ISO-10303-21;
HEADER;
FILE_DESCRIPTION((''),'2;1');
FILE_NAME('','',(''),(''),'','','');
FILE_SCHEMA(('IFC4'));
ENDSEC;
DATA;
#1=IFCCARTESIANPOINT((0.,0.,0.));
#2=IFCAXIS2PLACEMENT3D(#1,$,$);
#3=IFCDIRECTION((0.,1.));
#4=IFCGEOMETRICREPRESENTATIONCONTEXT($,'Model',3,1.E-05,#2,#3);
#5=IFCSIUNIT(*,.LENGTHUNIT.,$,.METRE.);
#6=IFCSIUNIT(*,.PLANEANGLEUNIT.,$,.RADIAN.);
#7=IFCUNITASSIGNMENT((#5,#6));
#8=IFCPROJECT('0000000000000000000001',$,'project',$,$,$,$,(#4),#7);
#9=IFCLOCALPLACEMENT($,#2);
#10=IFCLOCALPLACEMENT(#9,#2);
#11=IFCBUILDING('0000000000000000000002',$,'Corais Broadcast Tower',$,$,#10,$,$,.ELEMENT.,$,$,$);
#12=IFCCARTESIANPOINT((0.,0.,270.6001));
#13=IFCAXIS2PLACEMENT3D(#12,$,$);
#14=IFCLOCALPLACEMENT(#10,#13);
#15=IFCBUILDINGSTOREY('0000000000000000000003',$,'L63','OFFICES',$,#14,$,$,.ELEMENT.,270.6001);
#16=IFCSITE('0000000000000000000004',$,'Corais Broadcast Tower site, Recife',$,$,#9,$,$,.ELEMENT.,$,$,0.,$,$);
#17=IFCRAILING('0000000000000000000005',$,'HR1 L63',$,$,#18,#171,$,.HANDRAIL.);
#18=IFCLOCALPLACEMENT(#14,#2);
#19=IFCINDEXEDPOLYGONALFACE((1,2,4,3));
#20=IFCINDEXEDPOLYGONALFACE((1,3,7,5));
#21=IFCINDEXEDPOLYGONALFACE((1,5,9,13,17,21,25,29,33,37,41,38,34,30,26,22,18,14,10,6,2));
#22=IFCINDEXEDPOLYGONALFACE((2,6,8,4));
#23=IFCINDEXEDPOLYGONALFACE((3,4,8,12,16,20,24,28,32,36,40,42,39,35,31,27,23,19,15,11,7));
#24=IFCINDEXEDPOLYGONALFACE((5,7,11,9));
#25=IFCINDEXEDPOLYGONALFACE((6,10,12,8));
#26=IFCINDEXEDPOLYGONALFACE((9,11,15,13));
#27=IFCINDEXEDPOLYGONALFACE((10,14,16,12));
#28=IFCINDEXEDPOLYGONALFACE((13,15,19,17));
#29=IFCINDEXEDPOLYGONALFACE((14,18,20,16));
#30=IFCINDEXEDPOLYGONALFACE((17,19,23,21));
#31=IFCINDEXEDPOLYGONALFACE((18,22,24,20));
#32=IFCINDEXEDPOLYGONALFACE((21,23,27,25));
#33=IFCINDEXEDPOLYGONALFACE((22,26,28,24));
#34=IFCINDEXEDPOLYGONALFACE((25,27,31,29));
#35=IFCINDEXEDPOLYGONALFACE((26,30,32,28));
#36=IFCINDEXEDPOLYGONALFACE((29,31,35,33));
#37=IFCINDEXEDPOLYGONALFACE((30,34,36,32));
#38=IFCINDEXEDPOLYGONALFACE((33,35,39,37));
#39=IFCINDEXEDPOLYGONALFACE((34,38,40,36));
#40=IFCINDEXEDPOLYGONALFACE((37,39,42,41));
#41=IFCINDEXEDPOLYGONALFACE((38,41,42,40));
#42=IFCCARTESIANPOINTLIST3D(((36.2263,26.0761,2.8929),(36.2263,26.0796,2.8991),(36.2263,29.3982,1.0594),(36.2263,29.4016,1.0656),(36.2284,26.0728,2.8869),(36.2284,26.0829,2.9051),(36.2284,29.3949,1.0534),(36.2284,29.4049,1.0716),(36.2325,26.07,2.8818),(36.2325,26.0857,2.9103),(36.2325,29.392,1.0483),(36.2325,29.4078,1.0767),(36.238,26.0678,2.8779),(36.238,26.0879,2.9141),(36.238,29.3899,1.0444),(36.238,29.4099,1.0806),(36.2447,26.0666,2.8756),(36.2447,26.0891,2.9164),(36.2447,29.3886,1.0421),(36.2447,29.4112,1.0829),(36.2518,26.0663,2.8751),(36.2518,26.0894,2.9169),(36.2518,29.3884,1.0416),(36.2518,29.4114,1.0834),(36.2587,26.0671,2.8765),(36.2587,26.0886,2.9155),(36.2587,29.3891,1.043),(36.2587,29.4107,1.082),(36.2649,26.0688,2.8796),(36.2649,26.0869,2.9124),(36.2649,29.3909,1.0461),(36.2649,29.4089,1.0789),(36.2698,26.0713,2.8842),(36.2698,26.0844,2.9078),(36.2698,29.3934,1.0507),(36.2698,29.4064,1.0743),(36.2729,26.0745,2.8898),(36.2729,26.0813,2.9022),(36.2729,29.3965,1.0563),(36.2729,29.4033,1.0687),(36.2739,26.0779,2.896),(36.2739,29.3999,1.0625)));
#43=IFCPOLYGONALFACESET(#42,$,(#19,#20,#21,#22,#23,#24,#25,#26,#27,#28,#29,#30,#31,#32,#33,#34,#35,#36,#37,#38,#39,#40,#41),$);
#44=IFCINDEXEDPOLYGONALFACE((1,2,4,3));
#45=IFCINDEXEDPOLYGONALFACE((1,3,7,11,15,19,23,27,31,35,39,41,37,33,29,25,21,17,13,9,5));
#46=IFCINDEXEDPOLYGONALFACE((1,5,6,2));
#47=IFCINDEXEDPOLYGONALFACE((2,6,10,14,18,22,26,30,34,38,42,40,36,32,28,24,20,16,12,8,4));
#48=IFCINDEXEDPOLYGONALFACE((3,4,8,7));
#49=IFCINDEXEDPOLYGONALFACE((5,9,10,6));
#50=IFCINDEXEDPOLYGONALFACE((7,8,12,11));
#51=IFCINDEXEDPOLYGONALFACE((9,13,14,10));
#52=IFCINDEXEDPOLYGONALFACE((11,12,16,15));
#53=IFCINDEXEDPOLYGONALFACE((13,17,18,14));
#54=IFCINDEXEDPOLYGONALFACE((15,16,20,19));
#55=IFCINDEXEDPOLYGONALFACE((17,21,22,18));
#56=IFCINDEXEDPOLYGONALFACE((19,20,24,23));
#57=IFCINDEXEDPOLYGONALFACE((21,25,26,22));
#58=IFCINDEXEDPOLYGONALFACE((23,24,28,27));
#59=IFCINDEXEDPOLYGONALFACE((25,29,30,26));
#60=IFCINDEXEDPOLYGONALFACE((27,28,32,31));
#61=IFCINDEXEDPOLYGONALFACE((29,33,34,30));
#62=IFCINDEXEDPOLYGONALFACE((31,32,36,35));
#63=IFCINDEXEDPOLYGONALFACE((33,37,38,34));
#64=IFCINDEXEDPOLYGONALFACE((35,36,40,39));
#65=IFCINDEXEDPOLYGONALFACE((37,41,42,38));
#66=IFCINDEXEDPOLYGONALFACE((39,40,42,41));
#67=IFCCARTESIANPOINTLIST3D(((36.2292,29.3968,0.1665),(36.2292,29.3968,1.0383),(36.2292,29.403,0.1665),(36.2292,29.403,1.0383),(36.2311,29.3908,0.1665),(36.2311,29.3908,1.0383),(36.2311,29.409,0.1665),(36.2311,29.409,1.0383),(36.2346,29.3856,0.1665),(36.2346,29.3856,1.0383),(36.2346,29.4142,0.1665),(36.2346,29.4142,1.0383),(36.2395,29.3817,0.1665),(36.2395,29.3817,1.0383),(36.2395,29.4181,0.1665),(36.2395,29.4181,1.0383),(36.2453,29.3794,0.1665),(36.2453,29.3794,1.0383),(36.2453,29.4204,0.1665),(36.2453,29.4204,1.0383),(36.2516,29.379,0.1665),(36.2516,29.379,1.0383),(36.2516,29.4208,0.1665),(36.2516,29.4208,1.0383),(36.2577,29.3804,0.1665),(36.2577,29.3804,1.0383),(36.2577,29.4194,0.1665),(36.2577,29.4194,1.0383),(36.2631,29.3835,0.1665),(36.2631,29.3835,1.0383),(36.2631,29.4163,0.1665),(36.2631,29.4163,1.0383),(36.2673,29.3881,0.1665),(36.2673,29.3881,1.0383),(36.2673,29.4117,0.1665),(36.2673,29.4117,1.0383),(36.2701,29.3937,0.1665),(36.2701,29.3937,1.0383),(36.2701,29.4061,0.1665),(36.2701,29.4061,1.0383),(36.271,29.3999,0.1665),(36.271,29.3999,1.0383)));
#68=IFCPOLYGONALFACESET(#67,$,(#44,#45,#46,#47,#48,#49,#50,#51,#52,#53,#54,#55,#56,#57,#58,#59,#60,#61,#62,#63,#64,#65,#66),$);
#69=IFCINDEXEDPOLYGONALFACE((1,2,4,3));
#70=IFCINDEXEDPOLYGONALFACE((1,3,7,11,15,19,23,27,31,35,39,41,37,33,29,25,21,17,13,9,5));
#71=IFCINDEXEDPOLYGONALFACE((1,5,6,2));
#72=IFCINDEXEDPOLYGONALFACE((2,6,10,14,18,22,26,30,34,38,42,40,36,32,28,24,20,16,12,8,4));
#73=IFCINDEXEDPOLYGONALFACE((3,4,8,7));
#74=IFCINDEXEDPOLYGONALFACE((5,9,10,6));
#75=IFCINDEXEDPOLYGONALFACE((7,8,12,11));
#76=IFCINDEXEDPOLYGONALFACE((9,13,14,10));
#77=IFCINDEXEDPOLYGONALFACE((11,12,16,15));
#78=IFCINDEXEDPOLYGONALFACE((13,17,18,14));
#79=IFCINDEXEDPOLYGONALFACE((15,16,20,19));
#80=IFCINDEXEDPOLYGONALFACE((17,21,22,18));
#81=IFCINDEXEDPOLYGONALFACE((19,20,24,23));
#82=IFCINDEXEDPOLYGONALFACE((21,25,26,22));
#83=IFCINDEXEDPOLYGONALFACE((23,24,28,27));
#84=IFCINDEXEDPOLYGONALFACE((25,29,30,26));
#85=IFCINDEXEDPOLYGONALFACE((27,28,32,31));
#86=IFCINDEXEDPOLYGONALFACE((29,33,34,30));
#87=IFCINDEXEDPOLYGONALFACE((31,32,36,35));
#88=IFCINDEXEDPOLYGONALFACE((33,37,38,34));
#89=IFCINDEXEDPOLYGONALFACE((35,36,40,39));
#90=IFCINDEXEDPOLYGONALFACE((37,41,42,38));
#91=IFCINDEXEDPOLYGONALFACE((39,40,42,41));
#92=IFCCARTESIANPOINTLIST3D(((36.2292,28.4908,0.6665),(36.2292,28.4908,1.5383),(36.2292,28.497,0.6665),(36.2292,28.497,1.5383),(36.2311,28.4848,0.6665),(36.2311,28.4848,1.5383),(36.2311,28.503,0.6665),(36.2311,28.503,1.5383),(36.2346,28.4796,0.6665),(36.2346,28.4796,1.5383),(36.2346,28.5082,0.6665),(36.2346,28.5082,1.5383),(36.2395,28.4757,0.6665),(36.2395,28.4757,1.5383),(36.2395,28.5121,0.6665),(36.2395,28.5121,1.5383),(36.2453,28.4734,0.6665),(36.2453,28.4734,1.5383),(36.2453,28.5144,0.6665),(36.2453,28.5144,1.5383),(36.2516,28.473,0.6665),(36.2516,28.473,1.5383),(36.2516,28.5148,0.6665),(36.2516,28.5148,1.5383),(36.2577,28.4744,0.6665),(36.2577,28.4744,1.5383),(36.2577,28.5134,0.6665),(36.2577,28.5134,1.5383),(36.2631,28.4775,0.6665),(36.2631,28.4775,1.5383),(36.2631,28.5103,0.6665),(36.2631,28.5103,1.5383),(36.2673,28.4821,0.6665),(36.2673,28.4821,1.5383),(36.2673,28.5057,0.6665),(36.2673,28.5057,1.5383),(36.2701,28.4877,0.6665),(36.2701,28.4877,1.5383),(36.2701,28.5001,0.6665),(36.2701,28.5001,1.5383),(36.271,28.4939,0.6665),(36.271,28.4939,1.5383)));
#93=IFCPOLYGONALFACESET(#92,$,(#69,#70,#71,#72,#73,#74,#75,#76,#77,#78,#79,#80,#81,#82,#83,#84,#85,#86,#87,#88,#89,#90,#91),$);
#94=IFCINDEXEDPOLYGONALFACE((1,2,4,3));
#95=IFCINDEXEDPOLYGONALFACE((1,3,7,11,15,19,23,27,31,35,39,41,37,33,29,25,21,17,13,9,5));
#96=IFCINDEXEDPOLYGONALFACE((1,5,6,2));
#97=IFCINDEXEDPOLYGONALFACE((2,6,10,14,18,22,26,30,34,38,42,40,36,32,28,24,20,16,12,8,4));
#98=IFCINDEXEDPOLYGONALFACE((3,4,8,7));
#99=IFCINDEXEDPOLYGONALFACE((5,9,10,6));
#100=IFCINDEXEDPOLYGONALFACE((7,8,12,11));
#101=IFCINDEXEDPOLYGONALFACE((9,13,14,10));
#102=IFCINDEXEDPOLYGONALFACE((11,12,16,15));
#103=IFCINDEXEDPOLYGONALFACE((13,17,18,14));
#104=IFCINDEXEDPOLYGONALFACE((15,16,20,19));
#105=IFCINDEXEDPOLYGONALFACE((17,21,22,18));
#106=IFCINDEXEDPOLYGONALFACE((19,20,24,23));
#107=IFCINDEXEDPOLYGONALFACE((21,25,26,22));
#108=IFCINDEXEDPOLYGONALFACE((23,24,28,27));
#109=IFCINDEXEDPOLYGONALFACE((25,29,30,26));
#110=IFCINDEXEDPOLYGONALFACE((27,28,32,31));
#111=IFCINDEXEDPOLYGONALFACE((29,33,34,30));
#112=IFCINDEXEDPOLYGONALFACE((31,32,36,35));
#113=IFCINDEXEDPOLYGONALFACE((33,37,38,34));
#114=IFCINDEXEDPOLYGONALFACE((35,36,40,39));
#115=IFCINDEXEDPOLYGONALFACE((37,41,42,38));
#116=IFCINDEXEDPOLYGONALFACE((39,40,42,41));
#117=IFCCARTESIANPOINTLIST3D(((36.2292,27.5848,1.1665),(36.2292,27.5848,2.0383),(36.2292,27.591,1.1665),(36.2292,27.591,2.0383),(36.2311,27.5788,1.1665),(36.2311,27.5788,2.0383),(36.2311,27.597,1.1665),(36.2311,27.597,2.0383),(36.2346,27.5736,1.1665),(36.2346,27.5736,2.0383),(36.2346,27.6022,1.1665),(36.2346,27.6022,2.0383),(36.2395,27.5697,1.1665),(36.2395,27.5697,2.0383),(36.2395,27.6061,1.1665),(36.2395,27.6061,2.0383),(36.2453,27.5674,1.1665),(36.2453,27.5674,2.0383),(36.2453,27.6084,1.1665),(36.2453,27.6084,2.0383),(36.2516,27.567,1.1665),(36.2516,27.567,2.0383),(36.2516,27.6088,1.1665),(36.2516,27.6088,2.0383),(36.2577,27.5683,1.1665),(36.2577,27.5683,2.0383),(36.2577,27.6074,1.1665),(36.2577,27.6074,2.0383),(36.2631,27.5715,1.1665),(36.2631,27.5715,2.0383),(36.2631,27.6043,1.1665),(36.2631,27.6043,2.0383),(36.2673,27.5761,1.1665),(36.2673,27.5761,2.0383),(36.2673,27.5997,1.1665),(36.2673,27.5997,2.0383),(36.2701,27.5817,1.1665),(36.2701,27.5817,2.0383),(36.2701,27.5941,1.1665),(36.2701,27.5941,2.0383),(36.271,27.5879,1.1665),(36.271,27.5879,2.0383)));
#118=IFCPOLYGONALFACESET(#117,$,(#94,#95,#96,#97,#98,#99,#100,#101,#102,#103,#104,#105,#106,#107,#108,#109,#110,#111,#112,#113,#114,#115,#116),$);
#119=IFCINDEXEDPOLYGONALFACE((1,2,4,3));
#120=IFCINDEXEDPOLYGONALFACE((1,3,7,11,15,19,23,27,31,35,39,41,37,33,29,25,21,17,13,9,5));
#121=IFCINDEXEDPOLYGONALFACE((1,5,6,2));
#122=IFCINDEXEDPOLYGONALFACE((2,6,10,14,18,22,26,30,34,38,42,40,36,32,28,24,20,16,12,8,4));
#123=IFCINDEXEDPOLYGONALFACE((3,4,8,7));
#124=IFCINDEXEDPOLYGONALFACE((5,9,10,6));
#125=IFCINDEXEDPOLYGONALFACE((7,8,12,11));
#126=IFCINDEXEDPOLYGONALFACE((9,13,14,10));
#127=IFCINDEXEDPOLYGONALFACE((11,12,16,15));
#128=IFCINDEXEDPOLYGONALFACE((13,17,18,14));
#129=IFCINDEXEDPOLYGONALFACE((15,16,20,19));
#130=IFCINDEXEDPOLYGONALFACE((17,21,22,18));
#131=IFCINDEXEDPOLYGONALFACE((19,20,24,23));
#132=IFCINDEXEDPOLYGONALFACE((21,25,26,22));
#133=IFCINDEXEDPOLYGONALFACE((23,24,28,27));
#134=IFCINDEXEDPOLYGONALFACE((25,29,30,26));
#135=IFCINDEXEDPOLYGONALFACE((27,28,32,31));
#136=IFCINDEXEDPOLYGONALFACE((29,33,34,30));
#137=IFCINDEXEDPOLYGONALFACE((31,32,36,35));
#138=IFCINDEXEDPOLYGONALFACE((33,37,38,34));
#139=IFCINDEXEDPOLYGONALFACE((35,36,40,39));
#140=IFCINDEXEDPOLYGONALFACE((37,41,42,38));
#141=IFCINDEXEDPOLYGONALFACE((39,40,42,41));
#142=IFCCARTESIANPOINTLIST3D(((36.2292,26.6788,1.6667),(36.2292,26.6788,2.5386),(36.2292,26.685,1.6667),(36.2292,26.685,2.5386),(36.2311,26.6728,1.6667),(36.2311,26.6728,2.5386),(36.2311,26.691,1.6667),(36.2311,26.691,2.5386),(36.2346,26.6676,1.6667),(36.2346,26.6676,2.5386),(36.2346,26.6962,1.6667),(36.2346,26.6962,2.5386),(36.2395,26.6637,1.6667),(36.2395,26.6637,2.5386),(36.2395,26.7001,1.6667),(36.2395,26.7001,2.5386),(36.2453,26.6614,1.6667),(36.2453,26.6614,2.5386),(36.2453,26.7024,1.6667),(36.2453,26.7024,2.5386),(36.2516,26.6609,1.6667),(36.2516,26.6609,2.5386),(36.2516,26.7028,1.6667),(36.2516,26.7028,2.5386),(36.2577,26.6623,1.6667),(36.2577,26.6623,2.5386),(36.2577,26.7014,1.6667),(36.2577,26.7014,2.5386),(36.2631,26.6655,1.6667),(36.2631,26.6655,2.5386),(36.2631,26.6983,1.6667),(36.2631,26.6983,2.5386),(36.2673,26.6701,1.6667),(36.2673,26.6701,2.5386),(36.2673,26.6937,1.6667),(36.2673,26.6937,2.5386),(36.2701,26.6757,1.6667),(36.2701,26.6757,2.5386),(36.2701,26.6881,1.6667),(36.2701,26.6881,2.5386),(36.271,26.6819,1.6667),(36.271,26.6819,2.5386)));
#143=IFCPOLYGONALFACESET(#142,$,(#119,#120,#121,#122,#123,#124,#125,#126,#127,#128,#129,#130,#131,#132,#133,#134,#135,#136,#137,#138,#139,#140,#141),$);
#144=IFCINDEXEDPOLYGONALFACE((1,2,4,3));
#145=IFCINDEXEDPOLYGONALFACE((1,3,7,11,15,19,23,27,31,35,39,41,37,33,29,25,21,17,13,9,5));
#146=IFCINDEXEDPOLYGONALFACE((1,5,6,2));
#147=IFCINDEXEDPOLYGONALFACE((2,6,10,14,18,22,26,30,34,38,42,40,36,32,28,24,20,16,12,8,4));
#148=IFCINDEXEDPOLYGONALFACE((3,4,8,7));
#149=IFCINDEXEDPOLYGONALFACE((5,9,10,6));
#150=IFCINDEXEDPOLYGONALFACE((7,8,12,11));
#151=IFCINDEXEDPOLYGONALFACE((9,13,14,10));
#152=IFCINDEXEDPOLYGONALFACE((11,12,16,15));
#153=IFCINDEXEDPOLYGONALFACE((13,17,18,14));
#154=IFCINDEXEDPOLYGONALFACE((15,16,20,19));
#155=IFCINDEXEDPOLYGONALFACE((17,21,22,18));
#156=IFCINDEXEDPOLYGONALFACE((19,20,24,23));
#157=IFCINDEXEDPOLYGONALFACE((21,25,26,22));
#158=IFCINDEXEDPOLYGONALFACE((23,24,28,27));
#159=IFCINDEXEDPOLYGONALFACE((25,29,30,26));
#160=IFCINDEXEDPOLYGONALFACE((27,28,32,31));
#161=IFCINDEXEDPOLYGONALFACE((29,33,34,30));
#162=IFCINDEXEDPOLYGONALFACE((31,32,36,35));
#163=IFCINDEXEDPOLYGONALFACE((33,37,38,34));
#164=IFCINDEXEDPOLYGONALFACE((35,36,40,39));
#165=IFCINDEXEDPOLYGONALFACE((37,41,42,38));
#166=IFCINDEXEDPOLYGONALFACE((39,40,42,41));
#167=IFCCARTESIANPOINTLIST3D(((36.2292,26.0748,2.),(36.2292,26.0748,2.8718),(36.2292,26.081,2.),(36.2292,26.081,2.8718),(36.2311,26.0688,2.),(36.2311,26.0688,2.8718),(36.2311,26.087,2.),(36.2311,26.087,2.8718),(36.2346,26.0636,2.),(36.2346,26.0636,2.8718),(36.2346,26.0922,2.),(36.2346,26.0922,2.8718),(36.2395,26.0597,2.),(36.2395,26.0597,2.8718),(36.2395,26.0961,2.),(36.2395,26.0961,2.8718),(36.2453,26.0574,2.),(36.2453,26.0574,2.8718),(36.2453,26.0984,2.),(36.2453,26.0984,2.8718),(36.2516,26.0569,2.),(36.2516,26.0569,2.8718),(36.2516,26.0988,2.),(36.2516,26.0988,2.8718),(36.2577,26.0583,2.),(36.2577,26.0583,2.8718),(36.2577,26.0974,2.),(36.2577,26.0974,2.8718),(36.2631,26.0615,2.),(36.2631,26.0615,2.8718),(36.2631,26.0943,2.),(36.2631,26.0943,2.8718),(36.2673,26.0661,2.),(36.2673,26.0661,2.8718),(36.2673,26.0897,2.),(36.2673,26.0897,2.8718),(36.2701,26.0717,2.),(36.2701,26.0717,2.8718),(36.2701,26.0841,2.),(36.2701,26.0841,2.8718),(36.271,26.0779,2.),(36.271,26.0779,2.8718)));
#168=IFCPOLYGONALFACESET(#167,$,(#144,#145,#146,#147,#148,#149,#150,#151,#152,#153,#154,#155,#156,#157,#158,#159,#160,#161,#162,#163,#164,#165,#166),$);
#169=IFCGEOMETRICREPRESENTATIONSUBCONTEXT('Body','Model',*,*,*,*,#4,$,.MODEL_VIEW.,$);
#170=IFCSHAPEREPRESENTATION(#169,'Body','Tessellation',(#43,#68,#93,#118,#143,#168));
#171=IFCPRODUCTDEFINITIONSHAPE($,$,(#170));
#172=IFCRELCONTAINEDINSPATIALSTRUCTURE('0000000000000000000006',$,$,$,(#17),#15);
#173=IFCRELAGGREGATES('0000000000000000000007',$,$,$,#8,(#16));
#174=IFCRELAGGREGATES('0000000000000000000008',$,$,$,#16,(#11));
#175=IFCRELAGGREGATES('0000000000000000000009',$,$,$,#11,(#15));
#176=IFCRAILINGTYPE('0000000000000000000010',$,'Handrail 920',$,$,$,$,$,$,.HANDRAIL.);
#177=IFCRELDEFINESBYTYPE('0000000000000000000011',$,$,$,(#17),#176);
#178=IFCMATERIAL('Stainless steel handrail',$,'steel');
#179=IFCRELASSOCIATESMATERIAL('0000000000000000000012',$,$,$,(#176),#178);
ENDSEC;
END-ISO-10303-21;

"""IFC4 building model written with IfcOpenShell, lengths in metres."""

from ifc_helpers import new_model, si_unit, direction, frame, origin, origin_2d, place, context, subcontext, project, spatial, circle, extrude, material, type_object, element, save


model = new_model("IFC4")

# Units and contexts
model_context = context("Model", 3, precision=1e-05, world=origin(), true_north=direction((0.0, 1.0)))
body_context = subcontext(model_context, "Body", "Model", "MODEL_VIEW")
ifc_project = project(units=[si_unit("LENGTHUNIT", "METRE"), si_unit("PLANEANGLEUNIT", "RADIAN")], contexts=[model_context])

# Site, building, storey
site_placement = place(None, origin())
site = spatial("IfcSite", under=ifc_project, at=site_placement, Name="Corais Broadcast Tower site, Recife", CompositionType="ELEMENT", RefElevation=0.0)
building_placement = place(site_placement, origin())
building = spatial("IfcBuilding", under=site, at=building_placement, Name="Corais Broadcast Tower", CompositionType="ELEMENT")
storey_placement = place(building_placement, frame((0.0, 0.0, 270.6001)))
storey = spatial("IfcBuildingStorey", under=building, at=storey_placement, Name="L63", Description="OFFICES", CompositionType="ELEMENT", Elevation=270.6001)

# Railing
ifc_material_1 = material(Name="Stainless steel handrail", Category="steel")
railing_type = type_object("IfcRailingType", Name="Handrail 920", PredefinedType="HANDRAIL", material=ifc_material_1)
for number, where, name in (
    (1, (36.25, 29.3999, 0.1665), "HR1 L63"),
):
    element("IfcRailing", number, at=place(storey_placement, frame(where)), inside=storey, type_object=railing_type, Name=name, PredefinedType="HANDRAIL", context=body_context, shape_type="SweptSolid", body=[
        extrude(circle(Radius=0.0239, at=origin_2d()), frame((0.0, 0.0, 0.896), z_axis=(0.0, -0.875504, 0.48321), x_axis=(1.0, 0.0, 0.0)), (0.0, 0.0, 1.0), 3.7944),
        extrude(circle(Radius=0.021, at=origin_2d()), origin(), (0.0, 0.0, 1.0), 0.8718),
        extrude(circle(Radius=0.021, at=origin_2d()), frame((0.0, -0.906, 0.5)), (0.0, 0.0, 1.0), 0.8718),
        extrude(circle(Radius=0.021, at=origin_2d()), frame((0.0, -1.812, 1.0)), (0.0, 0.0, 1.0), 0.8718),
        extrude(circle(Radius=0.021, at=origin_2d()), frame((0.0, -2.718, 1.5002)), (0.0, 0.0, 1.0), 0.8718),
        extrude(circle(Radius=0.021, at=origin_2d()), frame((0.0, -3.322, 1.8335)), (0.0, 0.0, 1.0), 0.8718),
    ])

save(model, "model.ifc")
